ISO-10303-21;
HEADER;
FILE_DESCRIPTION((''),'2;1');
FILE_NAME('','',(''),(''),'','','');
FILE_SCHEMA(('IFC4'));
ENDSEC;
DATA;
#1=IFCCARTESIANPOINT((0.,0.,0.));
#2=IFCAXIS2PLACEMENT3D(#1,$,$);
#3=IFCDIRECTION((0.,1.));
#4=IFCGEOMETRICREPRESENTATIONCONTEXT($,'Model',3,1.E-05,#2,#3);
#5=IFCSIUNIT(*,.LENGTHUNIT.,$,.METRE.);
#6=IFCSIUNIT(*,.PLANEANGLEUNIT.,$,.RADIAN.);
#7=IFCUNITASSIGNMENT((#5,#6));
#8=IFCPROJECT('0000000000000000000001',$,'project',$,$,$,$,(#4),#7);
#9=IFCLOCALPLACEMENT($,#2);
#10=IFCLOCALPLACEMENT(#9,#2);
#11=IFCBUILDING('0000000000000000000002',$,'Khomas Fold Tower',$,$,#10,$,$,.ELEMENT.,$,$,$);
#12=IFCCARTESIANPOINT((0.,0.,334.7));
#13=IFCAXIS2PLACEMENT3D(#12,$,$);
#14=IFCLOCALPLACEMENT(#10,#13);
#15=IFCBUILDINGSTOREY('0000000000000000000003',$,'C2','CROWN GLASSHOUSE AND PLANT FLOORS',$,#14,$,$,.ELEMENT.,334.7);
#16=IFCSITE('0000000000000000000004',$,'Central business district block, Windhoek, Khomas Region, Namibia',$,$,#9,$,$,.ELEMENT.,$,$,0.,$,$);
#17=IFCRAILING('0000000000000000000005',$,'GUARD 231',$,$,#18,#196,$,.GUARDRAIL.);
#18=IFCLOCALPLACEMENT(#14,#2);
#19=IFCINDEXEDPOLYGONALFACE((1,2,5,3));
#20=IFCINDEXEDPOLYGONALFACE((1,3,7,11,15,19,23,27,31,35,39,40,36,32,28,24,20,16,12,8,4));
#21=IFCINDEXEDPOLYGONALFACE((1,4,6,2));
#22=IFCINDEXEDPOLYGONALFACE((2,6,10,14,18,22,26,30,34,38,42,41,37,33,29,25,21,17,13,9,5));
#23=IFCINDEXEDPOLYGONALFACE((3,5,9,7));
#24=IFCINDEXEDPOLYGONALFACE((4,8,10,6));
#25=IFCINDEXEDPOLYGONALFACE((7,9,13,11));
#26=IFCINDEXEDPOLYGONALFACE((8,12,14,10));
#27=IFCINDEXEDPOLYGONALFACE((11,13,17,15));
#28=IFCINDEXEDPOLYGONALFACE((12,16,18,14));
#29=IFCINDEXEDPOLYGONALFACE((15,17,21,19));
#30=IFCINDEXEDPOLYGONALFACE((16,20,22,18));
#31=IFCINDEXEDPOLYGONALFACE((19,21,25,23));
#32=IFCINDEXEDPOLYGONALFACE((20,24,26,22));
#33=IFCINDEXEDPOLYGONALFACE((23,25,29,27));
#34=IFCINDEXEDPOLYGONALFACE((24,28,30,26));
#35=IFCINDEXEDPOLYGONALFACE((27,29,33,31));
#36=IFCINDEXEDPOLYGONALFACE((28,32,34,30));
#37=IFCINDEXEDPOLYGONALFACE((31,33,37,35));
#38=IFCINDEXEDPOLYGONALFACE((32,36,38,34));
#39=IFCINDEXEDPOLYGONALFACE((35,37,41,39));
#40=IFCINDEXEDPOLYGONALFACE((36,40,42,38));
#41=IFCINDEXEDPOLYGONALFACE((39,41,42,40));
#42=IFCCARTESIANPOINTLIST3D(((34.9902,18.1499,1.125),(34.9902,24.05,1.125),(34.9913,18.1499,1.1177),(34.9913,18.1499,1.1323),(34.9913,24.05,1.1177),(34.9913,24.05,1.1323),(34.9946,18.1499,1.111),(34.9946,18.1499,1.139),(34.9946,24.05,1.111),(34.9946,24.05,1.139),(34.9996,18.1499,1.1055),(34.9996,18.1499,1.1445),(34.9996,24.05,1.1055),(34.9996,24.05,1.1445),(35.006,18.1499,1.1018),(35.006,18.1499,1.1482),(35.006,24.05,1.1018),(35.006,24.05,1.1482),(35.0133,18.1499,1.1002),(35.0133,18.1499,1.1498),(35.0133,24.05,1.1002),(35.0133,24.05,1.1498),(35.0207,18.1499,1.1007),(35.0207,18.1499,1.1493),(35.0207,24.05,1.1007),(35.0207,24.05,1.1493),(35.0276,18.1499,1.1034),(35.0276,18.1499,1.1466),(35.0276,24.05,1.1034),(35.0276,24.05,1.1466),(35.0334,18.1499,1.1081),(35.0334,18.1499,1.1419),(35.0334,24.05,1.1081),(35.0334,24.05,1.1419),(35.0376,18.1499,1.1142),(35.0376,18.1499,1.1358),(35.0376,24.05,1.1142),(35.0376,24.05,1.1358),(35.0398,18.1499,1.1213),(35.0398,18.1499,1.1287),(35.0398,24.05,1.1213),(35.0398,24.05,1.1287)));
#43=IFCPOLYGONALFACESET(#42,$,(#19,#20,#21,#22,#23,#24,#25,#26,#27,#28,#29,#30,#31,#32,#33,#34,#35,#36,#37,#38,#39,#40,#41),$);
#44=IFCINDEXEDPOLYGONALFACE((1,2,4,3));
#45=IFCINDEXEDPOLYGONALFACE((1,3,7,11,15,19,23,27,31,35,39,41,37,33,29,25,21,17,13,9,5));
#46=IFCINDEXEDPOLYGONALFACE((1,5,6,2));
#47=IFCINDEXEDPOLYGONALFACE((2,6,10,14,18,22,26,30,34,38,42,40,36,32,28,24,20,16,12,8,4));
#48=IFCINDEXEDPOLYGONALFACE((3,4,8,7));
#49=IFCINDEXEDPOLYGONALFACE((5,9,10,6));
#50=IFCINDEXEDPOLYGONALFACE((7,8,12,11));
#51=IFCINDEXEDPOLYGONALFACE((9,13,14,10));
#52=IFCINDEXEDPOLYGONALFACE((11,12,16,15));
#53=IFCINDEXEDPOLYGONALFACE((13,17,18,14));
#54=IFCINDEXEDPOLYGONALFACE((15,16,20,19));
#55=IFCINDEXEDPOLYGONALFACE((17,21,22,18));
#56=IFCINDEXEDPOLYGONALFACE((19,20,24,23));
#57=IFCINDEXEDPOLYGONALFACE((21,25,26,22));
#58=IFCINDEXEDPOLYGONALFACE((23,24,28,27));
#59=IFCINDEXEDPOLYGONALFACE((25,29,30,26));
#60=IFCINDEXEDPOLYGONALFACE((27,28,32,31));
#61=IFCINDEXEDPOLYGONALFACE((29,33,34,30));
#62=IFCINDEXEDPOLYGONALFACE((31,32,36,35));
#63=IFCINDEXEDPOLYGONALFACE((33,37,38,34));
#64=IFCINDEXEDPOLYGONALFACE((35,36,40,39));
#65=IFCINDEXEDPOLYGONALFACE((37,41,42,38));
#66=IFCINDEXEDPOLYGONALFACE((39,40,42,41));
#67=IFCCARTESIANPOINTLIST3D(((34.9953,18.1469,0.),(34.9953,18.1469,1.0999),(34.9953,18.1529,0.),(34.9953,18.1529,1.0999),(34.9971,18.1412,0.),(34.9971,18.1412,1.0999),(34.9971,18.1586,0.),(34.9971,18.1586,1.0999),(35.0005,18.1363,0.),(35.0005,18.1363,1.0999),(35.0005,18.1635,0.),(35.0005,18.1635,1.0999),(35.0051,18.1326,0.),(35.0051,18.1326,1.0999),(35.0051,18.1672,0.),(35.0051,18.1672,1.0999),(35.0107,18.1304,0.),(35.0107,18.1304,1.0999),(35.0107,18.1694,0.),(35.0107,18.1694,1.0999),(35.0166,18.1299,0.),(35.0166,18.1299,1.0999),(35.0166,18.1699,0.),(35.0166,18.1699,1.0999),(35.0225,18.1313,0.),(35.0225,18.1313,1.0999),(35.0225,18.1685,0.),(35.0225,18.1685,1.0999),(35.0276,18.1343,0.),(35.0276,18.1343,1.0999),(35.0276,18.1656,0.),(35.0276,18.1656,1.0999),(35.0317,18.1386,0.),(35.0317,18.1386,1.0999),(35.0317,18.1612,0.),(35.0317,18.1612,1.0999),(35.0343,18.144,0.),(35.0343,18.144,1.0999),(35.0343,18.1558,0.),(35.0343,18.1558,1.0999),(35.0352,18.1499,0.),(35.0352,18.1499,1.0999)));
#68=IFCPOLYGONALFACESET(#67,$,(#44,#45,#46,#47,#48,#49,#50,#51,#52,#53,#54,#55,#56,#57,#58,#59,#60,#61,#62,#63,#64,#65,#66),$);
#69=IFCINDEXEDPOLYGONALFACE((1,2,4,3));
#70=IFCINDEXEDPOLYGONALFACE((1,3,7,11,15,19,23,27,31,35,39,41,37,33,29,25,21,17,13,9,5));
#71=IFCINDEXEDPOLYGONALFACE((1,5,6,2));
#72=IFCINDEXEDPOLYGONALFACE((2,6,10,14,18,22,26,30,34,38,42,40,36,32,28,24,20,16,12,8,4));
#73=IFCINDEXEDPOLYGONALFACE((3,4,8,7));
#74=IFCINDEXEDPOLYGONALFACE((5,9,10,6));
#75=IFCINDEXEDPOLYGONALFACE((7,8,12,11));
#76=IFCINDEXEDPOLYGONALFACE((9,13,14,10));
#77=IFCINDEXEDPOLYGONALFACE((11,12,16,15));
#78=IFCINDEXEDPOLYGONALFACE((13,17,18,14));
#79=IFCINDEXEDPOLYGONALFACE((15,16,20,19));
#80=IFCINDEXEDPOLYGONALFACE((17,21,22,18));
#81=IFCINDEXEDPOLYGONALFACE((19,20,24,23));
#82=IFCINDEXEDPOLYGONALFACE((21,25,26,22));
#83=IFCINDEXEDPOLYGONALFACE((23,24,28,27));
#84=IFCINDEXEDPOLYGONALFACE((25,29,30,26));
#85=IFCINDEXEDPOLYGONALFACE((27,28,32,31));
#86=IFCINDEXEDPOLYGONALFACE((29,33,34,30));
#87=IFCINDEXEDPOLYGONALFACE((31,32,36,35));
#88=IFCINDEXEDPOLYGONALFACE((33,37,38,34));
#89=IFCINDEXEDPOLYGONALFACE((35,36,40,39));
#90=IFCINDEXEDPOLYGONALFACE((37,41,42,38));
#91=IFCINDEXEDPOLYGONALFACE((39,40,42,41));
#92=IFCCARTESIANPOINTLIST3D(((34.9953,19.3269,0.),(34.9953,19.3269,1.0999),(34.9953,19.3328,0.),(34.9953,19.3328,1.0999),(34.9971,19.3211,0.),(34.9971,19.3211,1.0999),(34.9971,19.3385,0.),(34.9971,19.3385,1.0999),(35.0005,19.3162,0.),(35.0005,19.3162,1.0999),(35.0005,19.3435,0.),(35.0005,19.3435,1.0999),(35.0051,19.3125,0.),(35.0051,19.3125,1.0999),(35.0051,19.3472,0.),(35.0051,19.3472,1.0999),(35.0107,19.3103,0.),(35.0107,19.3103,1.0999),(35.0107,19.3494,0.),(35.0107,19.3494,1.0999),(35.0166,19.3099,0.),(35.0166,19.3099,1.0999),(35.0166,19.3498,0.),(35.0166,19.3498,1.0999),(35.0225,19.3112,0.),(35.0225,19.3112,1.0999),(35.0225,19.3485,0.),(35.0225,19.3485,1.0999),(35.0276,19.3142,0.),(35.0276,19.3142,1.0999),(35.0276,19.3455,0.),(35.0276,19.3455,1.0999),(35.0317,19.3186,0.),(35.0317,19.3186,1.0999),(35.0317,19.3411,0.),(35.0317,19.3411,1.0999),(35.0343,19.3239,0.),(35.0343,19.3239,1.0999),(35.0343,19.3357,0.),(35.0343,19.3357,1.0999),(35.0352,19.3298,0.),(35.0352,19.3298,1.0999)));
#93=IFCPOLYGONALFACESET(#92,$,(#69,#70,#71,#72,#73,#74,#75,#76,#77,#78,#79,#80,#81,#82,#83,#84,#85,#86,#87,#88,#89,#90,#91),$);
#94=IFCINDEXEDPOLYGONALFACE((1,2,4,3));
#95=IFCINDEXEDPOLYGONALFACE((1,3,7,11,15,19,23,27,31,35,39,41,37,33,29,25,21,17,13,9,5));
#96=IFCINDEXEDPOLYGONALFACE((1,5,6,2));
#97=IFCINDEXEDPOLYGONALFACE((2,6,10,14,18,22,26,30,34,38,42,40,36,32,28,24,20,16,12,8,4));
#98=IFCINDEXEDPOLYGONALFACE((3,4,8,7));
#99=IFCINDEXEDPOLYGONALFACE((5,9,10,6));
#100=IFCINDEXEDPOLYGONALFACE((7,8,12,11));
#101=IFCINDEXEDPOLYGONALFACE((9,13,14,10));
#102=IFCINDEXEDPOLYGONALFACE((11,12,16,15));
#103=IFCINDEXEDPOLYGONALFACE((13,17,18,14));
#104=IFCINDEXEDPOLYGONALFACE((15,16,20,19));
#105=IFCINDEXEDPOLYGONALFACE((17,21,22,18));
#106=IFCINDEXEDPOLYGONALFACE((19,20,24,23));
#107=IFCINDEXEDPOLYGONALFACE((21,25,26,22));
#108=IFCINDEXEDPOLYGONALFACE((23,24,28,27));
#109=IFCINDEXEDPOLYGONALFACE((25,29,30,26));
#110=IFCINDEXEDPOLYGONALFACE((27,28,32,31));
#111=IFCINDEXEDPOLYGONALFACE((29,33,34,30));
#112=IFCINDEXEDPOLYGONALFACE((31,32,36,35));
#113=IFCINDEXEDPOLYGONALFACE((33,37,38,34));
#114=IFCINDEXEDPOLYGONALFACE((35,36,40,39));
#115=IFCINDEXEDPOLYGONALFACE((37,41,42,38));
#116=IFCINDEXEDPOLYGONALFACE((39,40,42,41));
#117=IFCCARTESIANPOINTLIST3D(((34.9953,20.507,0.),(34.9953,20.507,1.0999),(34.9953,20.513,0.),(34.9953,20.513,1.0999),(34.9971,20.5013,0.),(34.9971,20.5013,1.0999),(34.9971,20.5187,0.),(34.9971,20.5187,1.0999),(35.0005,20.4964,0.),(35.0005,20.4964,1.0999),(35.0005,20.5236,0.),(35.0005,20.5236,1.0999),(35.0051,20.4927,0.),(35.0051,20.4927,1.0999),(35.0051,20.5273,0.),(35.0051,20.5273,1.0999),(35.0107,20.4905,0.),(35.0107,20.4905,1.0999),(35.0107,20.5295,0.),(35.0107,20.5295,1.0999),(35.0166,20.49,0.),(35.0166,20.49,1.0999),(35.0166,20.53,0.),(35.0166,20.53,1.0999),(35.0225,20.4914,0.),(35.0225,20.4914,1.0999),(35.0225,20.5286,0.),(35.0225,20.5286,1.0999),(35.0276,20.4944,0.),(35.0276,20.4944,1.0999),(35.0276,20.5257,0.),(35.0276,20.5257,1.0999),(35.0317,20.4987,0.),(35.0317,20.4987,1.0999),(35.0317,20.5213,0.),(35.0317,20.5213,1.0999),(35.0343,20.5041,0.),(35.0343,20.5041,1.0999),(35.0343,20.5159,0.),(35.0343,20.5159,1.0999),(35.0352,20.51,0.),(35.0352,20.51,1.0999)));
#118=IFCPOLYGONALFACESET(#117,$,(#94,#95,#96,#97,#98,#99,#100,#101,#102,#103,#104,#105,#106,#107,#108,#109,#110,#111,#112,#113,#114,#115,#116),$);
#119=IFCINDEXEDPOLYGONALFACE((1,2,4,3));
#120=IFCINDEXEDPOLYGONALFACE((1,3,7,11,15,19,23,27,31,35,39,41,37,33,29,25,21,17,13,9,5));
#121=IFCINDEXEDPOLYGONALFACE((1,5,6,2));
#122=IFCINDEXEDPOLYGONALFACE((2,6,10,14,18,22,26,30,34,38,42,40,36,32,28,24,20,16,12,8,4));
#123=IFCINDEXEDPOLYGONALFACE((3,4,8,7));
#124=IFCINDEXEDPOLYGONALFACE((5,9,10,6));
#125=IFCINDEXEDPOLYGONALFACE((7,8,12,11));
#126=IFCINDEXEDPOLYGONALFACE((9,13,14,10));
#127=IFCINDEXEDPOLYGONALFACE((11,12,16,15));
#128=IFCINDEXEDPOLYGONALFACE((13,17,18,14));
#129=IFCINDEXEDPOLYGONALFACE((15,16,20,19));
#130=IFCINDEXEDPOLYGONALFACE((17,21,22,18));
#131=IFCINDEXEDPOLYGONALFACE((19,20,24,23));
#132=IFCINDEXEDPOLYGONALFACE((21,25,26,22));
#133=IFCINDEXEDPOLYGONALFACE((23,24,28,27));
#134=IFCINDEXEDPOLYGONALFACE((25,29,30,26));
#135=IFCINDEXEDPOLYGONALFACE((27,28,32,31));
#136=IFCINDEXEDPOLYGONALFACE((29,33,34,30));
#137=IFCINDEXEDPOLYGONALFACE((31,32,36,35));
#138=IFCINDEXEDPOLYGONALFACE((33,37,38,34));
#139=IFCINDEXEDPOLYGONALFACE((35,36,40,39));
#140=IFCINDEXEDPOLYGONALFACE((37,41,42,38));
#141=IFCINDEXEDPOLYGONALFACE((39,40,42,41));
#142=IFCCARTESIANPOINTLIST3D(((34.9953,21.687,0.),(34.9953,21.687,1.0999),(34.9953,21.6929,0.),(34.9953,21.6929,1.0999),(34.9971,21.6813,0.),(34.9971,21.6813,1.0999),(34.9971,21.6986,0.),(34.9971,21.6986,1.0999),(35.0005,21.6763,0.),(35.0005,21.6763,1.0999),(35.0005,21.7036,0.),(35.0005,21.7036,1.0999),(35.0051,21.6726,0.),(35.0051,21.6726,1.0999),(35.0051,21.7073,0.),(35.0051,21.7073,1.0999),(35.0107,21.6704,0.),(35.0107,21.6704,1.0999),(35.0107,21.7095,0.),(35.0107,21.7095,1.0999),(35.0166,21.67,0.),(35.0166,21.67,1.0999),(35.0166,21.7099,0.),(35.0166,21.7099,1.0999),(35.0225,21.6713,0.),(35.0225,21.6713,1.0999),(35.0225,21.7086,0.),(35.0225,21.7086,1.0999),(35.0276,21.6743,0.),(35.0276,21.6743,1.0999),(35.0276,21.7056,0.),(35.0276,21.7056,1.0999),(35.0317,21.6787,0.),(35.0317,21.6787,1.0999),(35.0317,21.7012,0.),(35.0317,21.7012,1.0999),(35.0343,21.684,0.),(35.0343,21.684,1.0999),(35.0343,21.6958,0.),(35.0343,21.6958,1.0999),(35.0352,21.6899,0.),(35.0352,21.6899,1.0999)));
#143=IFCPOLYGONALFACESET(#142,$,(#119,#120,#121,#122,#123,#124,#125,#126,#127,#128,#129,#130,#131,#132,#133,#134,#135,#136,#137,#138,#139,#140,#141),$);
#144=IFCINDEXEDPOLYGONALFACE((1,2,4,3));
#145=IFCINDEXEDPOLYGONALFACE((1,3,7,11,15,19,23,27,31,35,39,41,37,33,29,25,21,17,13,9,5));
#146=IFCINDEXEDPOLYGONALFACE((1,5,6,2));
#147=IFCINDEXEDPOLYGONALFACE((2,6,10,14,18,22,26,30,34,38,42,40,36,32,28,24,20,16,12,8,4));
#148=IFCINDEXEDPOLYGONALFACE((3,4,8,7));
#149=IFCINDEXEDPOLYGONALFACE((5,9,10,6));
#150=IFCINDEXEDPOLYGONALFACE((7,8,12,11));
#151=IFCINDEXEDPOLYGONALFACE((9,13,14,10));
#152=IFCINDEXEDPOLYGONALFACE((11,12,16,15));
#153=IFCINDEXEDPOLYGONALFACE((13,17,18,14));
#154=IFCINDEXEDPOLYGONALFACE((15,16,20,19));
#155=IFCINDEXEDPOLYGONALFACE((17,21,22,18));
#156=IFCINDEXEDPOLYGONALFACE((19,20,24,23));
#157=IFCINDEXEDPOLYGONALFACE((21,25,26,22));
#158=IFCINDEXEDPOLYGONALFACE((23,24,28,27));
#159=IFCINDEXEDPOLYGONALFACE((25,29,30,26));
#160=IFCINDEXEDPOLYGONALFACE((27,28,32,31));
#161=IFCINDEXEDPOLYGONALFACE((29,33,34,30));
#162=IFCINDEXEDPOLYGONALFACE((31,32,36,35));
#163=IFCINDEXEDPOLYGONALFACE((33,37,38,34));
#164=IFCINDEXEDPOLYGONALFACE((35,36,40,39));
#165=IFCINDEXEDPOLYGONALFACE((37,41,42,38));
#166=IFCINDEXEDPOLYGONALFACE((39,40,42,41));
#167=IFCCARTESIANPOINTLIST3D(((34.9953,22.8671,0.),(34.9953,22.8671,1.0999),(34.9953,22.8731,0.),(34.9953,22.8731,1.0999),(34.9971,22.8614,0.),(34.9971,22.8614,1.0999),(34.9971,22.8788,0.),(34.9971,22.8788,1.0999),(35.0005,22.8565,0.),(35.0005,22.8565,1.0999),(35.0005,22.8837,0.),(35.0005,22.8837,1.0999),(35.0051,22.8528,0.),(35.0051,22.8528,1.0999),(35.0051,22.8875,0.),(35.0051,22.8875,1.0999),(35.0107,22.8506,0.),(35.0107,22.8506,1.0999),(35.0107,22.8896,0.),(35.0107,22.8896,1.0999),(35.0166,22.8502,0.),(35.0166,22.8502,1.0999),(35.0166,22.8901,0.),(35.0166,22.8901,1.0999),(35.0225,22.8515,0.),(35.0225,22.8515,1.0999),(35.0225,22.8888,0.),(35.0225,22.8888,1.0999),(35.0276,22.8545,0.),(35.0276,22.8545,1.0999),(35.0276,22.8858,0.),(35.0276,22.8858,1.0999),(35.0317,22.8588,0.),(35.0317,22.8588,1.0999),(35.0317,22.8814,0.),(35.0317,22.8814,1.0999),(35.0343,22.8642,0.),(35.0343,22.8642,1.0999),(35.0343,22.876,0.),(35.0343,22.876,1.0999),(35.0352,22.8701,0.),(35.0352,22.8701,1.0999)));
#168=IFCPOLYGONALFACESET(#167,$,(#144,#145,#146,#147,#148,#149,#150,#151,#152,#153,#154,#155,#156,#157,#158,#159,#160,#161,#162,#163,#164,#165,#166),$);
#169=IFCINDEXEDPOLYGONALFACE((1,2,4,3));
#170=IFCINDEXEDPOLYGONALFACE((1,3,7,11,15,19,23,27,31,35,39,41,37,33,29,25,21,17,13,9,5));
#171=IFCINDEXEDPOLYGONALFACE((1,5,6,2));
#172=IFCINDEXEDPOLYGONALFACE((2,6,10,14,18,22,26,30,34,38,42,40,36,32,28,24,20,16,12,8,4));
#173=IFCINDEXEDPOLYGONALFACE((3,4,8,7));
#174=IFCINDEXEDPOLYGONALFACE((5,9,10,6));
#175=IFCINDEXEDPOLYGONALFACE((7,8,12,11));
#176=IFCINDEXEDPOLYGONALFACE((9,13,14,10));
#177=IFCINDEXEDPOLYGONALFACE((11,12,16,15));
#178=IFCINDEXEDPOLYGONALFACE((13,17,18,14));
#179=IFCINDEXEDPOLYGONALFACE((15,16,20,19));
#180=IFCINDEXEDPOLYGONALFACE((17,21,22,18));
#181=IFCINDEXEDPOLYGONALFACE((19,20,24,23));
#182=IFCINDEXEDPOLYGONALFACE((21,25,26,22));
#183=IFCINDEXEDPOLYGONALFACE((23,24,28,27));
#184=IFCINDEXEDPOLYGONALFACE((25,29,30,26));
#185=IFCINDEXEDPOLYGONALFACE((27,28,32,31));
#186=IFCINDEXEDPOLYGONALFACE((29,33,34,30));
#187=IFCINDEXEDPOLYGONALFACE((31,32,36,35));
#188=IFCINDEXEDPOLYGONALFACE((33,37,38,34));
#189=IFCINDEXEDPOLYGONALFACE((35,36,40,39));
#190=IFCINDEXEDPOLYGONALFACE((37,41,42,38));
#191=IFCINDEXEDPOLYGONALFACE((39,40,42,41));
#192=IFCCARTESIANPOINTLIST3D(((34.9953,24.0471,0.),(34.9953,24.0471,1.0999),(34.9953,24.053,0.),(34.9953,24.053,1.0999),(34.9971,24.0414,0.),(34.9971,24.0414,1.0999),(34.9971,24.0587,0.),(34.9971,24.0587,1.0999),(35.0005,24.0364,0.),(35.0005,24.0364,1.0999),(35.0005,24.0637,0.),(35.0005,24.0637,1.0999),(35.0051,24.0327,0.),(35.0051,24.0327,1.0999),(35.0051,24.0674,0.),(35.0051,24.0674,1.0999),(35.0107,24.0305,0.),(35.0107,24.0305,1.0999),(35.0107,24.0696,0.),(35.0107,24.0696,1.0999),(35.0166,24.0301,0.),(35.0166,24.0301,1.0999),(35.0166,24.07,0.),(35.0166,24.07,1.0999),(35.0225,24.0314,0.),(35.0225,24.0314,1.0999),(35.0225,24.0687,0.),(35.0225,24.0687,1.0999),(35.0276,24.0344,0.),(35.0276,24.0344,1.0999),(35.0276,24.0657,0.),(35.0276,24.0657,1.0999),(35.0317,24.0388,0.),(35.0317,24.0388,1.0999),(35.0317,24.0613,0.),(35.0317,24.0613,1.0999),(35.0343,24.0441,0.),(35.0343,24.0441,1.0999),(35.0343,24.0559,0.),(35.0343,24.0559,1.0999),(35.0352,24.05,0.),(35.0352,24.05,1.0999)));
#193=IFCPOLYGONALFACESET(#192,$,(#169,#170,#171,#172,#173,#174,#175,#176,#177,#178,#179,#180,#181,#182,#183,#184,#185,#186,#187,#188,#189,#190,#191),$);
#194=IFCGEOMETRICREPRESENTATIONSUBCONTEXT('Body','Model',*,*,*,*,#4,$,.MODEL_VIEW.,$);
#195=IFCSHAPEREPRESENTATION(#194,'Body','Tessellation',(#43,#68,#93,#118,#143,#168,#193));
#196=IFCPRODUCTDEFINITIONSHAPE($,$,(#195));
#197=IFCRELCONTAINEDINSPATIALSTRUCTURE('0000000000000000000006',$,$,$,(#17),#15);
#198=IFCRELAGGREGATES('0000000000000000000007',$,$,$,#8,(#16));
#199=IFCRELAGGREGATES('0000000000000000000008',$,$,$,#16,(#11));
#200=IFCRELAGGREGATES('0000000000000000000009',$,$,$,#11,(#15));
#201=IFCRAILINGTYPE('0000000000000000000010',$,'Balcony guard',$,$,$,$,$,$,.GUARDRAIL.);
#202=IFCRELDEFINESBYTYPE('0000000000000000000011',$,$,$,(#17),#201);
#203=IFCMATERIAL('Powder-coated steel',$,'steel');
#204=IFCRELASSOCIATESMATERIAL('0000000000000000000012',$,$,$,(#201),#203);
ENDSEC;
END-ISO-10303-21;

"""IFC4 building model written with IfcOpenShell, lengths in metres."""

from ifc_helpers import new_model, si_unit, direction, frame, origin, origin_2d, place, context, subcontext, project, spatial, circle, extrude, source, transform, mapped, material, type_object, element, save


model = new_model("IFC4")

# Units and contexts
model_context = context("Model", 3, precision=1e-05, world=origin(), true_north=direction((0.0, 1.0)))
body_context = subcontext(model_context, "Body", "Model", "MODEL_VIEW")
ifc_project = project(units=[si_unit("LENGTHUNIT", "METRE"), si_unit("PLANEANGLEUNIT", "RADIAN")], contexts=[model_context])

# Site, building, storey
site_placement = place(None, origin())
site = spatial("IfcSite", under=ifc_project, at=site_placement, Name="Central business district block, Windhoek, Khomas Region, Namibia", CompositionType="ELEMENT", RefElevation=0.0)
building_placement = place(site_placement, origin())
building = spatial("IfcBuilding", under=site, at=building_placement, Name="Khomas Fold Tower", CompositionType="ELEMENT")
storey_placement = place(building_placement, frame((0.0, 0.0, 334.7)))
storey = spatial("IfcBuildingStorey", under=building, at=storey_placement, Name="C2", Description="CROWN GLASSHOUSE AND PLANT FLOORS", CompositionType="ELEMENT", Elevation=334.7)

# Railing
ifc_material_1 = material(Name="Powder-coated steel", Category="steel")
railing_type = type_object("IfcRailingType", Name="Balcony guard", PredefinedType="GUARDRAIL", material=ifc_material_1)
shared_shape_1 = source(origin(), body_context, "Body", "SweptSolid", [
    extrude(circle(Radius=0.0249, at=origin_2d()), frame((0.0, 0.0, 1.125), z_axis=(0.0, 1.0, 0.0), x_axis=(-1.0, 0.0, 0.0)), (0.0, 0.0, 1.0), 5.9001),
    extrude(circle(Radius=0.02, at=origin_2d()), origin(), (0.0, 0.0, 1.0), 1.0999),
    extrude(circle(Radius=0.02, at=origin_2d()), frame((0.0, 1.1799, 0.0)), (0.0, 0.0, 1.0), 1.0999),
    extrude(circle(Radius=0.02, at=origin_2d()), frame((0.0, 2.3601, 0.0)), (0.0, 0.0, 1.0), 1.0999),
    extrude(circle(Radius=0.02, at=origin_2d()), frame((0.0, 3.54, 0.0)), (0.0, 0.0, 1.0), 1.0999),
    extrude(circle(Radius=0.02, at=origin_2d()), frame((0.0, 4.7202, 0.0)), (0.0, 0.0, 1.0), 1.0999),
    extrude(circle(Radius=0.02, at=origin_2d()), frame((0.0, 5.9001, 0.0)), (0.0, 0.0, 1.0), 1.0999),
])
railing_placement = place(storey_placement, frame((35.0151, 18.1499, 0.0)))
element("IfcRailing", 1, at=railing_placement, inside=storey, type_object=railing_type, Name="GUARD 231", PredefinedType="GUARDRAIL", context=body_context, shape_type="MappedRepresentation", body=[
    mapped(shared_shape_1, transform((0.0, 0.0, 0.0))),
])

save(model, "model.ifc")
